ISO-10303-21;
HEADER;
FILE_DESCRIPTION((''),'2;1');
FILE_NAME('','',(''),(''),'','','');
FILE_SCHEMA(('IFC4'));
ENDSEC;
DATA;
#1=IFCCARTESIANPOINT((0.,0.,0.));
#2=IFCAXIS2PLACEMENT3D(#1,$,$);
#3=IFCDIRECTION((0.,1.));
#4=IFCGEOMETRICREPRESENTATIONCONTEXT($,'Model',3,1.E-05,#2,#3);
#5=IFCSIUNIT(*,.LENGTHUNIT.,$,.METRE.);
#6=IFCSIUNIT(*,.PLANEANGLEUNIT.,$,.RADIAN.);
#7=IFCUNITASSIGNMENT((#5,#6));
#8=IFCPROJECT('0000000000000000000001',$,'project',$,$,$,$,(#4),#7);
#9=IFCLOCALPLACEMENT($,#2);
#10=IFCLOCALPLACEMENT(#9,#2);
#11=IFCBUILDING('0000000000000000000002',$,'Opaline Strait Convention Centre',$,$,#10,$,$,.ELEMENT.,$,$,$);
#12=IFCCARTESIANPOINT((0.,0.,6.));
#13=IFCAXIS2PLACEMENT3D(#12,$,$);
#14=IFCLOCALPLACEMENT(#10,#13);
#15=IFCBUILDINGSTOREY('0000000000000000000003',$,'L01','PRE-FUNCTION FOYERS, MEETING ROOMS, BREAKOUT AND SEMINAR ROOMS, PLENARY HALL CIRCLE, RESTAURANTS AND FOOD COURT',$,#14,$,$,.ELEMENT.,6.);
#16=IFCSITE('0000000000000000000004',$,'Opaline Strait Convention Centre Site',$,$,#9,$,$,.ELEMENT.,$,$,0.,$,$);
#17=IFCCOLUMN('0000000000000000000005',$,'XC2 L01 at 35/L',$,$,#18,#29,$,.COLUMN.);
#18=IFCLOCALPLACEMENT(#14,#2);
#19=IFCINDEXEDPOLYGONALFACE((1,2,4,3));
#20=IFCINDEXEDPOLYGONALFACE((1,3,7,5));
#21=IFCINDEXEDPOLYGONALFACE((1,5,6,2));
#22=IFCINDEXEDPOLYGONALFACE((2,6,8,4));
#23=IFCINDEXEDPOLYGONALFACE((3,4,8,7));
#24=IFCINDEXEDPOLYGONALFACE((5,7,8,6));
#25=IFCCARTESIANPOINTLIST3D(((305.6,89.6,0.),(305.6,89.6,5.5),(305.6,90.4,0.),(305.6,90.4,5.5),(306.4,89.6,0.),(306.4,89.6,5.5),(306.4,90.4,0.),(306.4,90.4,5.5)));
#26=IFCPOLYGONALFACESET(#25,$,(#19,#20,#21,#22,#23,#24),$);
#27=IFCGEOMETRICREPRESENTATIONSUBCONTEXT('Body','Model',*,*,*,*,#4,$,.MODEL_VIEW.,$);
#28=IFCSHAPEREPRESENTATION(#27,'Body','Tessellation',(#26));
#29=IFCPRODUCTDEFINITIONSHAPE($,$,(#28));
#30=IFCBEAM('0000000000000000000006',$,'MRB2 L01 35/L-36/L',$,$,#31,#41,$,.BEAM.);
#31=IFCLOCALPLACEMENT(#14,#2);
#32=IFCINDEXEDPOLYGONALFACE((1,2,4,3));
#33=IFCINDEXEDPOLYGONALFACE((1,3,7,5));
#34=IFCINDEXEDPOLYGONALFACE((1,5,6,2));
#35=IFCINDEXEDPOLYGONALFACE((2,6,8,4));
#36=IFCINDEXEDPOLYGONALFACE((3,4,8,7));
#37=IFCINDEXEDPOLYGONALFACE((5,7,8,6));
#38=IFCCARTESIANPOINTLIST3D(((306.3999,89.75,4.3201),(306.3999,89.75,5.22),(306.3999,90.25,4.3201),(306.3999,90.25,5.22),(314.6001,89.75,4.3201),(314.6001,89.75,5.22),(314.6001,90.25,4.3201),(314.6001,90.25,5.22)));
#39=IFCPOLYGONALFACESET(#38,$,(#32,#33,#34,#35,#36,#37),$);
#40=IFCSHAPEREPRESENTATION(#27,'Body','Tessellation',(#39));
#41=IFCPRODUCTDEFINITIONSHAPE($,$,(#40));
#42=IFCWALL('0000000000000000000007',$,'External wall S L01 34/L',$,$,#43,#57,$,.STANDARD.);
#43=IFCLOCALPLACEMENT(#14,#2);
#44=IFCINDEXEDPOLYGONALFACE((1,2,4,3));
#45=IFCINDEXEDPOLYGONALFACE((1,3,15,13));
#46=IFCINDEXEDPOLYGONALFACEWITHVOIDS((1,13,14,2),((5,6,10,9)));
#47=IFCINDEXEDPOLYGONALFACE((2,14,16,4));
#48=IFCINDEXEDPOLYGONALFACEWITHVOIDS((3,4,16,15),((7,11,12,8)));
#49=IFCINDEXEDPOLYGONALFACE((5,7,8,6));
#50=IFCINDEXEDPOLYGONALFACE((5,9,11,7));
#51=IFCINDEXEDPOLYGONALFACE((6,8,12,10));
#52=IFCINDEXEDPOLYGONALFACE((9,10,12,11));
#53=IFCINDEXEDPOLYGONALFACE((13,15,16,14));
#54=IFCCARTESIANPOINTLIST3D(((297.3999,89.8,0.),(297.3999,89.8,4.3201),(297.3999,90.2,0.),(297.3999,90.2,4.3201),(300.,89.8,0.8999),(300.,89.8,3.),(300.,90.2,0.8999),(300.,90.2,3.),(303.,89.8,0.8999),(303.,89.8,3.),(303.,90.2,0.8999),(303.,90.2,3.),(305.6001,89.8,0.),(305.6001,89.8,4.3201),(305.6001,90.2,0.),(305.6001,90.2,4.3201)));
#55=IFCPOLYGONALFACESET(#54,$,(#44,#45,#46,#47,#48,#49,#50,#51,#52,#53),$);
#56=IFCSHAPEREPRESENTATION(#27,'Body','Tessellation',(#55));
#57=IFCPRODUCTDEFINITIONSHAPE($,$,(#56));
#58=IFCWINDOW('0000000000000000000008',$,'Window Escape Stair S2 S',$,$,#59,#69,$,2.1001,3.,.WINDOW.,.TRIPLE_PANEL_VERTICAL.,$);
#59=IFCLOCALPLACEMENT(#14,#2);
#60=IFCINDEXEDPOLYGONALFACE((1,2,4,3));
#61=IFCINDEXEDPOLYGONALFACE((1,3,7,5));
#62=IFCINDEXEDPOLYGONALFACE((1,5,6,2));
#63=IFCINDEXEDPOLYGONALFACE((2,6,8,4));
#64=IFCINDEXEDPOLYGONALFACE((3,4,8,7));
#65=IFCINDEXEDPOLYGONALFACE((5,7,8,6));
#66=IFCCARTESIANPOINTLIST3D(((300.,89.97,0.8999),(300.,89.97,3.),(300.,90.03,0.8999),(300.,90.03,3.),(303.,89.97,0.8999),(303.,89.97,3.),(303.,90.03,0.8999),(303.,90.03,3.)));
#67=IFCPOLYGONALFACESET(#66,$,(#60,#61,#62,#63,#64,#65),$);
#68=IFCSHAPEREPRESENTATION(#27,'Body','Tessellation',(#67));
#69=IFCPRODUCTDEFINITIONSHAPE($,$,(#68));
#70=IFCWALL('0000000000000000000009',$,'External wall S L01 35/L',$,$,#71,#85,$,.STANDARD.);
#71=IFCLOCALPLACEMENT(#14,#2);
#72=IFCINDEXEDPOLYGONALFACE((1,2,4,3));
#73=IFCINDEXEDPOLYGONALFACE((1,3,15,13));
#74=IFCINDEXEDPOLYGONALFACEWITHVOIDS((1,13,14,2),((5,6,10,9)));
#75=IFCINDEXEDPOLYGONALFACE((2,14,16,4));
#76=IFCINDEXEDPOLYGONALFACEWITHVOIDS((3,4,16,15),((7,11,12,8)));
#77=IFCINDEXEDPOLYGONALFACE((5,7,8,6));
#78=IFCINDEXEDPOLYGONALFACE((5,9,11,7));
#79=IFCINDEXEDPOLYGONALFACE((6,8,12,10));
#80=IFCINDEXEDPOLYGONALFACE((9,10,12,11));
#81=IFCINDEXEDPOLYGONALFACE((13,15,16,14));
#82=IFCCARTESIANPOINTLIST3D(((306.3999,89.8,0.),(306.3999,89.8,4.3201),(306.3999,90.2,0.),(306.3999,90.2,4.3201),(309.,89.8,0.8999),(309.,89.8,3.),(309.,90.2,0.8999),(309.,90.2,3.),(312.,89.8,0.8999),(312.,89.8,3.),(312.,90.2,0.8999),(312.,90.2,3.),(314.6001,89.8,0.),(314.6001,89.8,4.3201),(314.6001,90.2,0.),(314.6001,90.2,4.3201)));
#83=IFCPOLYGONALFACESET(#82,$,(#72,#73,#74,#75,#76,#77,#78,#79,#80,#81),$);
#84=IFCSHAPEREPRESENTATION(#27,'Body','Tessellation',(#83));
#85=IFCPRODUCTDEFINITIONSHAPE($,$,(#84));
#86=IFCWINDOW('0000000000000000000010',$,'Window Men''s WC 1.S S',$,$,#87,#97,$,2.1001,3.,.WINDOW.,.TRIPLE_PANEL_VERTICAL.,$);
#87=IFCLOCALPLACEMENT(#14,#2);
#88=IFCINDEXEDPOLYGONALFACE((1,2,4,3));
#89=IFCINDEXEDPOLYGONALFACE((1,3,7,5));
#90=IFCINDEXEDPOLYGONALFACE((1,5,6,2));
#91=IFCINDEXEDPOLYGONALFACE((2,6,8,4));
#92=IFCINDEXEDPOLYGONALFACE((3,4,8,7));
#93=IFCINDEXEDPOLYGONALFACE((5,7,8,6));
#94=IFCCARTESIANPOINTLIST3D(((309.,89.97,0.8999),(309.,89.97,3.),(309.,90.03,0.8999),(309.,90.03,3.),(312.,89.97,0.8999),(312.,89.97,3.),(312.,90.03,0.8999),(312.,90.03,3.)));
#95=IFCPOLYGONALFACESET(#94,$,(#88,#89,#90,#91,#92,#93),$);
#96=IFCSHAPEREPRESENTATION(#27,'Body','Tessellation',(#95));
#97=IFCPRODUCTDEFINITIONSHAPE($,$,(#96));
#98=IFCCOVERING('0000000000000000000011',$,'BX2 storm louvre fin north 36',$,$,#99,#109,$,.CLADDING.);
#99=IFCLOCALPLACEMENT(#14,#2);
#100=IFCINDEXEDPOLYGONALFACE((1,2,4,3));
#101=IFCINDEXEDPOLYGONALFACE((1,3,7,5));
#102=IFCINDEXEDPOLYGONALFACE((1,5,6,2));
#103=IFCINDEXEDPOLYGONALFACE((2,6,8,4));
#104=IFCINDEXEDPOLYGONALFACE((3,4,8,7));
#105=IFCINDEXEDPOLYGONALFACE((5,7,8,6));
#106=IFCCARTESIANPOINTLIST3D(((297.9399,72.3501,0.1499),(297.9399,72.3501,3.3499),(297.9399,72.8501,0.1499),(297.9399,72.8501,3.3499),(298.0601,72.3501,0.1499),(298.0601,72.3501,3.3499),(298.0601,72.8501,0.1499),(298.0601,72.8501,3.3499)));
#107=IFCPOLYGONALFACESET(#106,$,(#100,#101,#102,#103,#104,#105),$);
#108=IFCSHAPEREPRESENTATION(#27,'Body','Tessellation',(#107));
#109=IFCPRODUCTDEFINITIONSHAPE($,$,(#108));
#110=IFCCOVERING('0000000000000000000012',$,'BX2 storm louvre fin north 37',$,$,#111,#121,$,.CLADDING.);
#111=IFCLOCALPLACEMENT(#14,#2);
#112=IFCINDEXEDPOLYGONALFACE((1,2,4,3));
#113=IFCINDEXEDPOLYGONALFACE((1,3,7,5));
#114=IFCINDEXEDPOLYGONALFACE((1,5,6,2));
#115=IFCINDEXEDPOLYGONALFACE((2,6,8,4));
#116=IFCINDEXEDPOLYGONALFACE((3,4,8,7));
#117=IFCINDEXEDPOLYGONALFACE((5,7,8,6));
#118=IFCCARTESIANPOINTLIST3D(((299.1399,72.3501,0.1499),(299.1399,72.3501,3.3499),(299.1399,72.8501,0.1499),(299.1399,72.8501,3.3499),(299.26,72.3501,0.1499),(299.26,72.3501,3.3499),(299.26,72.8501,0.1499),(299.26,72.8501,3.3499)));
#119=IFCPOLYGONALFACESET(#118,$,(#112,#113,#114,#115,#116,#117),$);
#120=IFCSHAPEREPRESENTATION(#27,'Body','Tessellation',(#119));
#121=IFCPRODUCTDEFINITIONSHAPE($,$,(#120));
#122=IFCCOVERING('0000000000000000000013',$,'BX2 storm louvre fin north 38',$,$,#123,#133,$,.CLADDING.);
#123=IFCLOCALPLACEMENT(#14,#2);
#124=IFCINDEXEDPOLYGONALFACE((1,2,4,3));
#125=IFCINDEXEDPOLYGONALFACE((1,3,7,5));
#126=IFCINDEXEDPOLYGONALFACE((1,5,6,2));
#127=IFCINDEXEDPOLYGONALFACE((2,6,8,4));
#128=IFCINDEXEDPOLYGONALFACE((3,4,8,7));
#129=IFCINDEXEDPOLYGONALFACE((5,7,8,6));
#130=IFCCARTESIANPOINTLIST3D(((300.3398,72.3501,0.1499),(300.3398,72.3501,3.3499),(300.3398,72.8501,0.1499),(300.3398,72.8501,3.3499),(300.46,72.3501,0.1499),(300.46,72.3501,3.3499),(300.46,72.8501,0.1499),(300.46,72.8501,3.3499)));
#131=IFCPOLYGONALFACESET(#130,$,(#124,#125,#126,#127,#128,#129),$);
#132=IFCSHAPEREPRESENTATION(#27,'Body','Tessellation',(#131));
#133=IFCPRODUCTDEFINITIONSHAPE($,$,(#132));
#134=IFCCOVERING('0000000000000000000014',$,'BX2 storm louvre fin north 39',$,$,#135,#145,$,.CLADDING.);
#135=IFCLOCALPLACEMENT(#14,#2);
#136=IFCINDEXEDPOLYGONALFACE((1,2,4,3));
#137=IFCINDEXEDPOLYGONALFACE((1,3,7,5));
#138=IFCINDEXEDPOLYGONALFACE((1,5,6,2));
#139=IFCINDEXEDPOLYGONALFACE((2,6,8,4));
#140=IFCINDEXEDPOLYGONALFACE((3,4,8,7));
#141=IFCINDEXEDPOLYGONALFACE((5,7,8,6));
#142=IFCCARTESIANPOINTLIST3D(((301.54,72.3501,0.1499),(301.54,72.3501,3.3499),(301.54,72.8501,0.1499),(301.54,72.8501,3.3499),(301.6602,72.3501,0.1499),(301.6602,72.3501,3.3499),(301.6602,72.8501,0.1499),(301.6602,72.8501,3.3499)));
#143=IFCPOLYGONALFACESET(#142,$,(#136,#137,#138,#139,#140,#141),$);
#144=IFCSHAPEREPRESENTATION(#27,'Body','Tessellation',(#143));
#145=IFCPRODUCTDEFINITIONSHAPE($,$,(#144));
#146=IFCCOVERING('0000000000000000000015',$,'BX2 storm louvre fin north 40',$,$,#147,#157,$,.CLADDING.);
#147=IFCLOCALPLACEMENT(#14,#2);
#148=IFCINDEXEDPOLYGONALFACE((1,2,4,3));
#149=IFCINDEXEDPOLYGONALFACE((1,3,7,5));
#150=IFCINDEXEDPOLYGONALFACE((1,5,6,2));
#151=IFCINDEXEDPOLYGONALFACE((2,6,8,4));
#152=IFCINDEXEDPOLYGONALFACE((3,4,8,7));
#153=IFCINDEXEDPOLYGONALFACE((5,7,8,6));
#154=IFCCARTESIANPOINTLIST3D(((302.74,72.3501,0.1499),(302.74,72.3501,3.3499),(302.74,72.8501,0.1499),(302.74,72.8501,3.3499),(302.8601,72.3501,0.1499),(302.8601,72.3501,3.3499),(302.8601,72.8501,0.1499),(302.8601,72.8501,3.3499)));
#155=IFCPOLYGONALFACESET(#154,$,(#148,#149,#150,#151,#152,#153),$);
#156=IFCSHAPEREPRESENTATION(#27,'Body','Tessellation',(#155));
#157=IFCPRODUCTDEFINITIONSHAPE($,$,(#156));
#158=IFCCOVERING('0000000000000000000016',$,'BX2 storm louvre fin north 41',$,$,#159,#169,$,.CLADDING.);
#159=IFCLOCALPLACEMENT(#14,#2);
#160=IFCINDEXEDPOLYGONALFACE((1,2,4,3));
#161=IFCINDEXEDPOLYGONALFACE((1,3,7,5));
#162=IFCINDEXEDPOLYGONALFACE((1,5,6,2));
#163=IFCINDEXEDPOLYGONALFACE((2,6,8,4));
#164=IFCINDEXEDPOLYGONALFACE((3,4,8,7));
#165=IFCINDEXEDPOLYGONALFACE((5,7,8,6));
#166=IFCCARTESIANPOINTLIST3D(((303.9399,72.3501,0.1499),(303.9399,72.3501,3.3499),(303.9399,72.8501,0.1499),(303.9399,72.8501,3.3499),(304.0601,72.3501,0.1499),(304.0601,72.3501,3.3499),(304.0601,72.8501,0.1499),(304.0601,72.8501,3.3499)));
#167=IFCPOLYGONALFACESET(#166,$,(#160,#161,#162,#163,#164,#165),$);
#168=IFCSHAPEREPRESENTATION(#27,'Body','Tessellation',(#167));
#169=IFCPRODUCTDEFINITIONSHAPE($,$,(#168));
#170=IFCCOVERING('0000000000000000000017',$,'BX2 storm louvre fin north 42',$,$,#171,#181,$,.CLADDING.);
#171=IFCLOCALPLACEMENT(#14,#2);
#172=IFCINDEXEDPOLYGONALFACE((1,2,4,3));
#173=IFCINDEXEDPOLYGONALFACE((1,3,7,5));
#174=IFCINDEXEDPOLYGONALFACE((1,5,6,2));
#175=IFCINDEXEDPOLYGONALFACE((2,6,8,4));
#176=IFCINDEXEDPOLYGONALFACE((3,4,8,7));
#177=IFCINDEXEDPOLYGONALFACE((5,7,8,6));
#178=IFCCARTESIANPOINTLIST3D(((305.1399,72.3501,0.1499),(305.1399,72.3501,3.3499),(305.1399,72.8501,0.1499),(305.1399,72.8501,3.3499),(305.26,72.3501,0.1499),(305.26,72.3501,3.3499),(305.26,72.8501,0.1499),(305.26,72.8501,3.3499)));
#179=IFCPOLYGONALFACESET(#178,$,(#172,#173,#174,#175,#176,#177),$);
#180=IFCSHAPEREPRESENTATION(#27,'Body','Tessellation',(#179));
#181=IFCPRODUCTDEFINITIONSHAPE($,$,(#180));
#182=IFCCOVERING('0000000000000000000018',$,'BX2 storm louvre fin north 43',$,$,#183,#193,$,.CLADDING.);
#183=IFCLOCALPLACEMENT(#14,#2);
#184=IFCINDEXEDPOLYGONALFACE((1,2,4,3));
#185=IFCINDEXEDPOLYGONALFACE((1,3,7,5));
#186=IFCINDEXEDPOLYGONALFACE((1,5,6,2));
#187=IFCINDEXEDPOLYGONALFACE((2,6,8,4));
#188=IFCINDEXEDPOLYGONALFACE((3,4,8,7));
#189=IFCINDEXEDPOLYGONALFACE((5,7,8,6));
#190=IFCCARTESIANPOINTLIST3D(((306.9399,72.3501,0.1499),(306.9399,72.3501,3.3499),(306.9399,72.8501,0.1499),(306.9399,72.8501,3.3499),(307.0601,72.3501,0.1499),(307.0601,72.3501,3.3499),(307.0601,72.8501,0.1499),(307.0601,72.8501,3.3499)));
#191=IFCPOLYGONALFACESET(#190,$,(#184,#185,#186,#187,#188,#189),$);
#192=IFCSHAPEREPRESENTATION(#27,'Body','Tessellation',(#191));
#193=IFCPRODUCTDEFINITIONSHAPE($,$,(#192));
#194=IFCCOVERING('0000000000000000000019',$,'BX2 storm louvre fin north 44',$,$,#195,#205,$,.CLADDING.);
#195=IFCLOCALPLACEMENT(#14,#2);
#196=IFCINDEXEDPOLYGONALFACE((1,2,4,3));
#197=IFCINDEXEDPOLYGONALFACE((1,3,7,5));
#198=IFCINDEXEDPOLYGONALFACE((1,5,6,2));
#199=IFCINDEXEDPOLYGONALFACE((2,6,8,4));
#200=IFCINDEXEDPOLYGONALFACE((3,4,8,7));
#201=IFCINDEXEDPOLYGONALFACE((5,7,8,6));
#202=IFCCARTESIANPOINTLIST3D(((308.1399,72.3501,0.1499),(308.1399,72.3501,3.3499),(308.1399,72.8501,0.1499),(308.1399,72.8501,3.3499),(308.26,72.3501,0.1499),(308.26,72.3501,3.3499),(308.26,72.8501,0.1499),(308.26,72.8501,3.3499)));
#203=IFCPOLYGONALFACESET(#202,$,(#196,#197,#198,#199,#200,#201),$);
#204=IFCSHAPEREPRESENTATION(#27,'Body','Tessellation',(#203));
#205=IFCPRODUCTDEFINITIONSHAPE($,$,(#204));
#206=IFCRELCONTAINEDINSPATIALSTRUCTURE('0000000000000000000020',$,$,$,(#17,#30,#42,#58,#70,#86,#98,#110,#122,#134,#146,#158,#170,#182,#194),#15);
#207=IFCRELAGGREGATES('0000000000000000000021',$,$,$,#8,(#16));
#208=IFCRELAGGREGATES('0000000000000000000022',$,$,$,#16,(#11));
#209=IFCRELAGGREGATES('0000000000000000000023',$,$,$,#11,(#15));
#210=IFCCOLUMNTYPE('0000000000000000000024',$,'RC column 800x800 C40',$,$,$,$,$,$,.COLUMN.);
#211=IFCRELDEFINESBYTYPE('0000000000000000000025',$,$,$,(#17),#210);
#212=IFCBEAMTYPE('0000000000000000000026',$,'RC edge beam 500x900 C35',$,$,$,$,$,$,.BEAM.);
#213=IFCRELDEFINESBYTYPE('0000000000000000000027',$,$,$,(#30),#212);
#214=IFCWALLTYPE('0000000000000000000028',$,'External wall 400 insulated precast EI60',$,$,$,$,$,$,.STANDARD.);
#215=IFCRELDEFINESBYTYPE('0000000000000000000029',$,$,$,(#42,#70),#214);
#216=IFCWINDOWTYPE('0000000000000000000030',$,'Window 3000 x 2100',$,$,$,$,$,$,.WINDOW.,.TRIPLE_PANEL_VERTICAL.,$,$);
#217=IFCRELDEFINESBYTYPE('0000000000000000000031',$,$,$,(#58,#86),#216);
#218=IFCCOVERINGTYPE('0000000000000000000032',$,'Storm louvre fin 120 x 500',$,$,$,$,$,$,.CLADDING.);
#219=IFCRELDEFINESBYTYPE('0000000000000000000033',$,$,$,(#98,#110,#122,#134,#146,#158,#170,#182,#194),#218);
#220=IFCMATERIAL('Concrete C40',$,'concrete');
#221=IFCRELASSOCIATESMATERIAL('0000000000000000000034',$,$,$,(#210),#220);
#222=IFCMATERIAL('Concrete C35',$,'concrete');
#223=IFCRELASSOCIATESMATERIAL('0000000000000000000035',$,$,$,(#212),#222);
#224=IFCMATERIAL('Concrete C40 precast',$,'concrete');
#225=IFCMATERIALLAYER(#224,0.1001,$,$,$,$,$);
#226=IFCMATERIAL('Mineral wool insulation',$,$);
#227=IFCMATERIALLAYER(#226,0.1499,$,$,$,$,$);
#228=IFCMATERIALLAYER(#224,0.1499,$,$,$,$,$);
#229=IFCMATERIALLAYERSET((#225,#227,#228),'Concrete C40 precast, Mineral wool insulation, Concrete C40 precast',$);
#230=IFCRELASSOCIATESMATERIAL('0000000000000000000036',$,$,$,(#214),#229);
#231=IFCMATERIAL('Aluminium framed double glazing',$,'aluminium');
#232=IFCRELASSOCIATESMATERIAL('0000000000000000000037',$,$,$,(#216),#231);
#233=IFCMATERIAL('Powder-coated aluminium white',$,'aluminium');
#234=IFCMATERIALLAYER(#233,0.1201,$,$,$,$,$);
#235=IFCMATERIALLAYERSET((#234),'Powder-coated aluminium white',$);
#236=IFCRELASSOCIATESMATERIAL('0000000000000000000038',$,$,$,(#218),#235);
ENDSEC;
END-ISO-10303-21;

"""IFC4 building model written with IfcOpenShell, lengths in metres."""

from ifc_helpers import new_model, si_unit, direction, frame, frame_2d, origin, origin_2d, place, context, subcontext, project, spatial, rectangle, extrude, material, layer, layer_set, material_profile, profile_set, type_object, element, fill, save


model = new_model("IFC4")

# Units and contexts
model_context = context("Model", 3, precision=1e-05, world=origin(), true_north=direction((0.0, 1.0)))
body_context = subcontext(model_context, "Body", "Model", "MODEL_VIEW")
ifc_project = project(units=[si_unit("LENGTHUNIT", "METRE"), si_unit("PLANEANGLEUNIT", "RADIAN")], contexts=[model_context])

# Site, building, storey
site_placement = place(None, origin())
site = spatial("IfcSite", under=ifc_project, at=site_placement, Name="Opaline Strait Convention Centre Site", CompositionType="ELEMENT", RefElevation=0.0)
building_placement = place(site_placement, origin())
building = spatial("IfcBuilding", under=site, at=building_placement, Name="Opaline Strait Convention Centre", CompositionType="ELEMENT")
storey_placement = place(building_placement, frame((0.0, 0.0, 6.0)))
storey = spatial("IfcBuildingStorey", under=building, at=storey_placement, Name="L01", Description="PRE-FUNCTION FOYERS, MEETING ROOMS, BREAKOUT AND SEMINAR ROOMS, PLENARY HALL CIRCLE, RESTAURANTS AND FOOD COURT", CompositionType="ELEMENT", Elevation=6.0)

# Column
ifc_material_1 = material(Name="Concrete C40", Category="concrete")
ifc_material_profile_1 = material_profile(ifc_material_1, rectangle(XDim=0.8, YDim=0.8, at=origin_2d()), Name="RC 800x800")
ifc_profile_set_1 = profile_set([ifc_material_profile_1], Name="Concrete C40")
column_type = type_object("IfcColumnType", Name="RC column 800x800 C40", PredefinedType="COLUMN", material=ifc_profile_set_1)
column_placement = place(storey_placement, frame((306.0, 90.0, 0.0), z_axis=(0.0, 0.0, 1.0), x_axis=(1.0, 0.0, 0.0)))
element("IfcColumn", 1, at=column_placement, inside=storey, type_object=column_type, Name="XC2 L01 at 35/L", PredefinedType="COLUMN", context=body_context, shape_type="SweptSolid", body=[
    extrude(rectangle(XDim=0.8, YDim=0.8, at=origin_2d()), origin(), (0.0, 0.0, 1.0), 5.5),
])

# Beam
ifc_material_2 = material(Name="Concrete C35", Category="concrete")
ifc_material_profile_2 = material_profile(ifc_material_2, rectangle(XDim=0.5, YDim=0.8999, at=origin_2d()), Name="RC 500x900")
ifc_profile_set_2 = profile_set([ifc_material_profile_2], Name="Concrete C35")
beam_type = type_object("IfcBeamType", Name="RC edge beam 500x900 C35", PredefinedType="BEAM", material=ifc_profile_set_2)
beam_placement = place(storey_placement, frame((306.3999, 90.0, 4.77), z_axis=(1.0, 0.0, 0.0), x_axis=(0.0, 1.0, 0.0)))
element("IfcBeam", 2, at=beam_placement, inside=storey, type_object=beam_type, Name="MRB2 L01 35/L-36/L", PredefinedType="BEAM", context=body_context, shape_type="SweptSolid", body=[
    extrude(rectangle(XDim=0.5, YDim=0.8999, at=origin_2d()), origin(), (0.0, 0.0, 1.0), 8.2002),
])

# Walls, openings, windows
ifc_material_3 = material(Name="Concrete C40 precast", Category="concrete")
ifc_layer_1 = layer(ifc_material_3, 0.1001)
ifc_material_4 = material(Name="Mineral wool insulation")
ifc_layer_2 = layer(ifc_material_4, 0.1499)
ifc_layer_3 = layer(ifc_material_3, 0.1499)
ifc_layer_set_1 = layer_set([ifc_layer_1, ifc_layer_2, ifc_layer_3], Name="Concrete C40 precast, Mineral wool insulation, Concrete C40 precast")
wall_type = type_object("IfcWallType", Name="External wall 400 insulated precast EI60", PredefinedType="STANDARD", material=ifc_layer_set_1)
wall_1_placement = place(storey_placement, frame((297.3999, 90.0, 0.0), z_axis=(0.0, 0.0, 1.0), x_axis=(1.0, 0.0, 0.0)))
wall_1 = element("IfcWall", 3, at=wall_1_placement, inside=storey, type_object=wall_type, Name="External wall S L01 34/L", PredefinedType="STANDARD", context=body_context, shape_type="SweptSolid", body=[
    extrude(rectangle(XDim=8.2002, YDim=0.3999, at=frame_2d((4.1001, 0.0))), origin(), (0.0, 0.0, 1.0), 4.3201),
])
opening_1_placement = place(wall_1_placement, frame((2.6001, 0.0, 0.8999)))
opening_1 = element("IfcOpeningElement", 4, at=opening_1_placement, cuts=wall_1, PredefinedType="OPENING", context=body_context, shape_type="SweptSolid", body=[
    extrude(rectangle(XDim=3.0, YDim=2.1001, at=frame_2d((1.5, 1.05))), frame((0.0, 0.21, 0.0), z_axis=(0.0, -1.0, 0.0), x_axis=(1.0, 0.0, 0.0)), (0.0, 0.0, 1.0), 0.4199),
])
ifc_material_5 = material(Name="Aluminium framed double glazing", Category="aluminium")
window_type = type_object("IfcWindowType", Name="Window 3000 x 2100", PartitioningType="TRIPLE_PANEL_VERTICAL", PredefinedType="WINDOW", material=ifc_material_5)
window_1_placement = place(opening_1_placement, origin())
window_1 = element("IfcWindow", 5, at=window_1_placement, inside=storey, type_object=window_type, Name="Window Escape Stair S2 S", OverallHeight=2.1001, OverallWidth=3.0, PartitioningType="TRIPLE_PANEL_VERTICAL", PredefinedType="WINDOW", context=body_context, shape_type="SweptSolid", body=[
    extrude(rectangle(XDim=3.0, YDim=2.1001, at=frame_2d((1.5, 1.05))), frame((0.0, 0.03, 0.0), z_axis=(0.0, -1.0, 0.0), x_axis=(1.0, 0.0, 0.0)), (0.0, 0.0, 1.0), 0.0601),
])
fill(opening_1, window_1)
wall_2_placement = place(storey_placement, frame((306.3999, 90.0, 0.0), z_axis=(0.0, 0.0, 1.0), x_axis=(1.0, 0.0, 0.0)))
wall_2 = element("IfcWall", 6, at=wall_2_placement, inside=storey, type_object=wall_type, Name="External wall S L01 35/L", PredefinedType="STANDARD", context=body_context, shape_type="SweptSolid", body=[
    extrude(rectangle(XDim=8.2002, YDim=0.3999, at=frame_2d((4.1001, 0.0))), origin(), (0.0, 0.0, 1.0), 4.3201),
])
opening_2_placement = place(wall_2_placement, frame((2.6001, 0.0, 0.8999)))
opening_2 = element("IfcOpeningElement", 7, at=opening_2_placement, cuts=wall_2, PredefinedType="OPENING", context=body_context, shape_type="SweptSolid", body=[
    extrude(rectangle(XDim=3.0, YDim=2.1001, at=frame_2d((1.5, 1.05))), frame((0.0, 0.21, 0.0), z_axis=(0.0, -1.0, 0.0), x_axis=(1.0, 0.0, 0.0)), (0.0, 0.0, 1.0), 0.4199),
])
window_2_placement = place(opening_2_placement, origin())
window_2 = element("IfcWindow", 8, at=window_2_placement, inside=storey, type_object=window_type, Name="Window Men's WC 1.S S", OverallHeight=2.1001, OverallWidth=3.0, PartitioningType="TRIPLE_PANEL_VERTICAL", PredefinedType="WINDOW", context=body_context, shape_type="SweptSolid", body=[
    extrude(rectangle(XDim=3.0, YDim=2.1001, at=frame_2d((1.5, 1.05))), frame((0.0, 0.03, 0.0), z_axis=(0.0, -1.0, 0.0), x_axis=(1.0, 0.0, 0.0)), (0.0, 0.0, 1.0), 0.0601),
])
fill(opening_2, window_2)

# Coverings
ifc_material_6 = material(Name="Powder-coated aluminium white", Category="aluminium")
ifc_layer_4 = layer(ifc_material_6, 0.1201)
ifc_layer_set_2 = layer_set([ifc_layer_4], Name="Powder-coated aluminium white")
covering_type = type_object("IfcCoveringType", Name="Storm louvre fin 120 x 500", PredefinedType="CLADDING", material=ifc_layer_set_2)
for number, where, z_axis, x_axis, name in (
    (9, (298.0, 72.6001, 0.1499), (0.0, 0.0, 1.0), (1.0, 0.0, 0.0), "BX2 storm louvre fin north 36"),
    (10, (299.2, 72.6001, 0.1499), (0.0, 0.0, 1.0), (1.0, 0.0, 0.0), "BX2 storm louvre fin north 37"),
    (11, (300.3999, 72.6001, 0.1499), (0.0, 0.0, 1.0), (1.0, 0.0, 0.0), "BX2 storm louvre fin north 38"),
    (12, (301.6001, 72.6001, 0.1499), (0.0, 0.0, 1.0), (1.0, 0.0, 0.0), "BX2 storm louvre fin north 39"),
    (13, (302.8, 72.6001, 0.1499), (0.0, 0.0, 1.0), (1.0, 0.0, 0.0), "BX2 storm louvre fin north 40"),
    (14, (304.0, 72.6001, 0.1499), (0.0, 0.0, 1.0), (1.0, 0.0, 0.0), "BX2 storm louvre fin north 41"),
    (15, (305.2, 72.6001, 0.1499), (0.0, 0.0, 1.0), (1.0, 0.0, 0.0), "BX2 storm louvre fin north 42"),
    (16, (307.0, 72.6001, 0.1499), (0.0, 0.0, 1.0), (1.0, 0.0, 0.0), "BX2 storm louvre fin north 43"),
    (17, (308.2, 72.6001, 0.1499), (0.0, 0.0, 1.0), (1.0, 0.0, 0.0), "BX2 storm louvre fin north 44"),
):
    element("IfcCovering", number, at=place(storey_placement, frame(where, z_axis=z_axis, x_axis=x_axis)), inside=storey, type_object=covering_type, Name=name, PredefinedType="CLADDING", context=body_context, shape_type="SweptSolid", body=[
        extrude(rectangle(XDim=0.1201, YDim=0.5, at=origin_2d()), origin(), (0.0, 0.0, 1.0), 3.2),
    ])

save(model, "model.ifc")
